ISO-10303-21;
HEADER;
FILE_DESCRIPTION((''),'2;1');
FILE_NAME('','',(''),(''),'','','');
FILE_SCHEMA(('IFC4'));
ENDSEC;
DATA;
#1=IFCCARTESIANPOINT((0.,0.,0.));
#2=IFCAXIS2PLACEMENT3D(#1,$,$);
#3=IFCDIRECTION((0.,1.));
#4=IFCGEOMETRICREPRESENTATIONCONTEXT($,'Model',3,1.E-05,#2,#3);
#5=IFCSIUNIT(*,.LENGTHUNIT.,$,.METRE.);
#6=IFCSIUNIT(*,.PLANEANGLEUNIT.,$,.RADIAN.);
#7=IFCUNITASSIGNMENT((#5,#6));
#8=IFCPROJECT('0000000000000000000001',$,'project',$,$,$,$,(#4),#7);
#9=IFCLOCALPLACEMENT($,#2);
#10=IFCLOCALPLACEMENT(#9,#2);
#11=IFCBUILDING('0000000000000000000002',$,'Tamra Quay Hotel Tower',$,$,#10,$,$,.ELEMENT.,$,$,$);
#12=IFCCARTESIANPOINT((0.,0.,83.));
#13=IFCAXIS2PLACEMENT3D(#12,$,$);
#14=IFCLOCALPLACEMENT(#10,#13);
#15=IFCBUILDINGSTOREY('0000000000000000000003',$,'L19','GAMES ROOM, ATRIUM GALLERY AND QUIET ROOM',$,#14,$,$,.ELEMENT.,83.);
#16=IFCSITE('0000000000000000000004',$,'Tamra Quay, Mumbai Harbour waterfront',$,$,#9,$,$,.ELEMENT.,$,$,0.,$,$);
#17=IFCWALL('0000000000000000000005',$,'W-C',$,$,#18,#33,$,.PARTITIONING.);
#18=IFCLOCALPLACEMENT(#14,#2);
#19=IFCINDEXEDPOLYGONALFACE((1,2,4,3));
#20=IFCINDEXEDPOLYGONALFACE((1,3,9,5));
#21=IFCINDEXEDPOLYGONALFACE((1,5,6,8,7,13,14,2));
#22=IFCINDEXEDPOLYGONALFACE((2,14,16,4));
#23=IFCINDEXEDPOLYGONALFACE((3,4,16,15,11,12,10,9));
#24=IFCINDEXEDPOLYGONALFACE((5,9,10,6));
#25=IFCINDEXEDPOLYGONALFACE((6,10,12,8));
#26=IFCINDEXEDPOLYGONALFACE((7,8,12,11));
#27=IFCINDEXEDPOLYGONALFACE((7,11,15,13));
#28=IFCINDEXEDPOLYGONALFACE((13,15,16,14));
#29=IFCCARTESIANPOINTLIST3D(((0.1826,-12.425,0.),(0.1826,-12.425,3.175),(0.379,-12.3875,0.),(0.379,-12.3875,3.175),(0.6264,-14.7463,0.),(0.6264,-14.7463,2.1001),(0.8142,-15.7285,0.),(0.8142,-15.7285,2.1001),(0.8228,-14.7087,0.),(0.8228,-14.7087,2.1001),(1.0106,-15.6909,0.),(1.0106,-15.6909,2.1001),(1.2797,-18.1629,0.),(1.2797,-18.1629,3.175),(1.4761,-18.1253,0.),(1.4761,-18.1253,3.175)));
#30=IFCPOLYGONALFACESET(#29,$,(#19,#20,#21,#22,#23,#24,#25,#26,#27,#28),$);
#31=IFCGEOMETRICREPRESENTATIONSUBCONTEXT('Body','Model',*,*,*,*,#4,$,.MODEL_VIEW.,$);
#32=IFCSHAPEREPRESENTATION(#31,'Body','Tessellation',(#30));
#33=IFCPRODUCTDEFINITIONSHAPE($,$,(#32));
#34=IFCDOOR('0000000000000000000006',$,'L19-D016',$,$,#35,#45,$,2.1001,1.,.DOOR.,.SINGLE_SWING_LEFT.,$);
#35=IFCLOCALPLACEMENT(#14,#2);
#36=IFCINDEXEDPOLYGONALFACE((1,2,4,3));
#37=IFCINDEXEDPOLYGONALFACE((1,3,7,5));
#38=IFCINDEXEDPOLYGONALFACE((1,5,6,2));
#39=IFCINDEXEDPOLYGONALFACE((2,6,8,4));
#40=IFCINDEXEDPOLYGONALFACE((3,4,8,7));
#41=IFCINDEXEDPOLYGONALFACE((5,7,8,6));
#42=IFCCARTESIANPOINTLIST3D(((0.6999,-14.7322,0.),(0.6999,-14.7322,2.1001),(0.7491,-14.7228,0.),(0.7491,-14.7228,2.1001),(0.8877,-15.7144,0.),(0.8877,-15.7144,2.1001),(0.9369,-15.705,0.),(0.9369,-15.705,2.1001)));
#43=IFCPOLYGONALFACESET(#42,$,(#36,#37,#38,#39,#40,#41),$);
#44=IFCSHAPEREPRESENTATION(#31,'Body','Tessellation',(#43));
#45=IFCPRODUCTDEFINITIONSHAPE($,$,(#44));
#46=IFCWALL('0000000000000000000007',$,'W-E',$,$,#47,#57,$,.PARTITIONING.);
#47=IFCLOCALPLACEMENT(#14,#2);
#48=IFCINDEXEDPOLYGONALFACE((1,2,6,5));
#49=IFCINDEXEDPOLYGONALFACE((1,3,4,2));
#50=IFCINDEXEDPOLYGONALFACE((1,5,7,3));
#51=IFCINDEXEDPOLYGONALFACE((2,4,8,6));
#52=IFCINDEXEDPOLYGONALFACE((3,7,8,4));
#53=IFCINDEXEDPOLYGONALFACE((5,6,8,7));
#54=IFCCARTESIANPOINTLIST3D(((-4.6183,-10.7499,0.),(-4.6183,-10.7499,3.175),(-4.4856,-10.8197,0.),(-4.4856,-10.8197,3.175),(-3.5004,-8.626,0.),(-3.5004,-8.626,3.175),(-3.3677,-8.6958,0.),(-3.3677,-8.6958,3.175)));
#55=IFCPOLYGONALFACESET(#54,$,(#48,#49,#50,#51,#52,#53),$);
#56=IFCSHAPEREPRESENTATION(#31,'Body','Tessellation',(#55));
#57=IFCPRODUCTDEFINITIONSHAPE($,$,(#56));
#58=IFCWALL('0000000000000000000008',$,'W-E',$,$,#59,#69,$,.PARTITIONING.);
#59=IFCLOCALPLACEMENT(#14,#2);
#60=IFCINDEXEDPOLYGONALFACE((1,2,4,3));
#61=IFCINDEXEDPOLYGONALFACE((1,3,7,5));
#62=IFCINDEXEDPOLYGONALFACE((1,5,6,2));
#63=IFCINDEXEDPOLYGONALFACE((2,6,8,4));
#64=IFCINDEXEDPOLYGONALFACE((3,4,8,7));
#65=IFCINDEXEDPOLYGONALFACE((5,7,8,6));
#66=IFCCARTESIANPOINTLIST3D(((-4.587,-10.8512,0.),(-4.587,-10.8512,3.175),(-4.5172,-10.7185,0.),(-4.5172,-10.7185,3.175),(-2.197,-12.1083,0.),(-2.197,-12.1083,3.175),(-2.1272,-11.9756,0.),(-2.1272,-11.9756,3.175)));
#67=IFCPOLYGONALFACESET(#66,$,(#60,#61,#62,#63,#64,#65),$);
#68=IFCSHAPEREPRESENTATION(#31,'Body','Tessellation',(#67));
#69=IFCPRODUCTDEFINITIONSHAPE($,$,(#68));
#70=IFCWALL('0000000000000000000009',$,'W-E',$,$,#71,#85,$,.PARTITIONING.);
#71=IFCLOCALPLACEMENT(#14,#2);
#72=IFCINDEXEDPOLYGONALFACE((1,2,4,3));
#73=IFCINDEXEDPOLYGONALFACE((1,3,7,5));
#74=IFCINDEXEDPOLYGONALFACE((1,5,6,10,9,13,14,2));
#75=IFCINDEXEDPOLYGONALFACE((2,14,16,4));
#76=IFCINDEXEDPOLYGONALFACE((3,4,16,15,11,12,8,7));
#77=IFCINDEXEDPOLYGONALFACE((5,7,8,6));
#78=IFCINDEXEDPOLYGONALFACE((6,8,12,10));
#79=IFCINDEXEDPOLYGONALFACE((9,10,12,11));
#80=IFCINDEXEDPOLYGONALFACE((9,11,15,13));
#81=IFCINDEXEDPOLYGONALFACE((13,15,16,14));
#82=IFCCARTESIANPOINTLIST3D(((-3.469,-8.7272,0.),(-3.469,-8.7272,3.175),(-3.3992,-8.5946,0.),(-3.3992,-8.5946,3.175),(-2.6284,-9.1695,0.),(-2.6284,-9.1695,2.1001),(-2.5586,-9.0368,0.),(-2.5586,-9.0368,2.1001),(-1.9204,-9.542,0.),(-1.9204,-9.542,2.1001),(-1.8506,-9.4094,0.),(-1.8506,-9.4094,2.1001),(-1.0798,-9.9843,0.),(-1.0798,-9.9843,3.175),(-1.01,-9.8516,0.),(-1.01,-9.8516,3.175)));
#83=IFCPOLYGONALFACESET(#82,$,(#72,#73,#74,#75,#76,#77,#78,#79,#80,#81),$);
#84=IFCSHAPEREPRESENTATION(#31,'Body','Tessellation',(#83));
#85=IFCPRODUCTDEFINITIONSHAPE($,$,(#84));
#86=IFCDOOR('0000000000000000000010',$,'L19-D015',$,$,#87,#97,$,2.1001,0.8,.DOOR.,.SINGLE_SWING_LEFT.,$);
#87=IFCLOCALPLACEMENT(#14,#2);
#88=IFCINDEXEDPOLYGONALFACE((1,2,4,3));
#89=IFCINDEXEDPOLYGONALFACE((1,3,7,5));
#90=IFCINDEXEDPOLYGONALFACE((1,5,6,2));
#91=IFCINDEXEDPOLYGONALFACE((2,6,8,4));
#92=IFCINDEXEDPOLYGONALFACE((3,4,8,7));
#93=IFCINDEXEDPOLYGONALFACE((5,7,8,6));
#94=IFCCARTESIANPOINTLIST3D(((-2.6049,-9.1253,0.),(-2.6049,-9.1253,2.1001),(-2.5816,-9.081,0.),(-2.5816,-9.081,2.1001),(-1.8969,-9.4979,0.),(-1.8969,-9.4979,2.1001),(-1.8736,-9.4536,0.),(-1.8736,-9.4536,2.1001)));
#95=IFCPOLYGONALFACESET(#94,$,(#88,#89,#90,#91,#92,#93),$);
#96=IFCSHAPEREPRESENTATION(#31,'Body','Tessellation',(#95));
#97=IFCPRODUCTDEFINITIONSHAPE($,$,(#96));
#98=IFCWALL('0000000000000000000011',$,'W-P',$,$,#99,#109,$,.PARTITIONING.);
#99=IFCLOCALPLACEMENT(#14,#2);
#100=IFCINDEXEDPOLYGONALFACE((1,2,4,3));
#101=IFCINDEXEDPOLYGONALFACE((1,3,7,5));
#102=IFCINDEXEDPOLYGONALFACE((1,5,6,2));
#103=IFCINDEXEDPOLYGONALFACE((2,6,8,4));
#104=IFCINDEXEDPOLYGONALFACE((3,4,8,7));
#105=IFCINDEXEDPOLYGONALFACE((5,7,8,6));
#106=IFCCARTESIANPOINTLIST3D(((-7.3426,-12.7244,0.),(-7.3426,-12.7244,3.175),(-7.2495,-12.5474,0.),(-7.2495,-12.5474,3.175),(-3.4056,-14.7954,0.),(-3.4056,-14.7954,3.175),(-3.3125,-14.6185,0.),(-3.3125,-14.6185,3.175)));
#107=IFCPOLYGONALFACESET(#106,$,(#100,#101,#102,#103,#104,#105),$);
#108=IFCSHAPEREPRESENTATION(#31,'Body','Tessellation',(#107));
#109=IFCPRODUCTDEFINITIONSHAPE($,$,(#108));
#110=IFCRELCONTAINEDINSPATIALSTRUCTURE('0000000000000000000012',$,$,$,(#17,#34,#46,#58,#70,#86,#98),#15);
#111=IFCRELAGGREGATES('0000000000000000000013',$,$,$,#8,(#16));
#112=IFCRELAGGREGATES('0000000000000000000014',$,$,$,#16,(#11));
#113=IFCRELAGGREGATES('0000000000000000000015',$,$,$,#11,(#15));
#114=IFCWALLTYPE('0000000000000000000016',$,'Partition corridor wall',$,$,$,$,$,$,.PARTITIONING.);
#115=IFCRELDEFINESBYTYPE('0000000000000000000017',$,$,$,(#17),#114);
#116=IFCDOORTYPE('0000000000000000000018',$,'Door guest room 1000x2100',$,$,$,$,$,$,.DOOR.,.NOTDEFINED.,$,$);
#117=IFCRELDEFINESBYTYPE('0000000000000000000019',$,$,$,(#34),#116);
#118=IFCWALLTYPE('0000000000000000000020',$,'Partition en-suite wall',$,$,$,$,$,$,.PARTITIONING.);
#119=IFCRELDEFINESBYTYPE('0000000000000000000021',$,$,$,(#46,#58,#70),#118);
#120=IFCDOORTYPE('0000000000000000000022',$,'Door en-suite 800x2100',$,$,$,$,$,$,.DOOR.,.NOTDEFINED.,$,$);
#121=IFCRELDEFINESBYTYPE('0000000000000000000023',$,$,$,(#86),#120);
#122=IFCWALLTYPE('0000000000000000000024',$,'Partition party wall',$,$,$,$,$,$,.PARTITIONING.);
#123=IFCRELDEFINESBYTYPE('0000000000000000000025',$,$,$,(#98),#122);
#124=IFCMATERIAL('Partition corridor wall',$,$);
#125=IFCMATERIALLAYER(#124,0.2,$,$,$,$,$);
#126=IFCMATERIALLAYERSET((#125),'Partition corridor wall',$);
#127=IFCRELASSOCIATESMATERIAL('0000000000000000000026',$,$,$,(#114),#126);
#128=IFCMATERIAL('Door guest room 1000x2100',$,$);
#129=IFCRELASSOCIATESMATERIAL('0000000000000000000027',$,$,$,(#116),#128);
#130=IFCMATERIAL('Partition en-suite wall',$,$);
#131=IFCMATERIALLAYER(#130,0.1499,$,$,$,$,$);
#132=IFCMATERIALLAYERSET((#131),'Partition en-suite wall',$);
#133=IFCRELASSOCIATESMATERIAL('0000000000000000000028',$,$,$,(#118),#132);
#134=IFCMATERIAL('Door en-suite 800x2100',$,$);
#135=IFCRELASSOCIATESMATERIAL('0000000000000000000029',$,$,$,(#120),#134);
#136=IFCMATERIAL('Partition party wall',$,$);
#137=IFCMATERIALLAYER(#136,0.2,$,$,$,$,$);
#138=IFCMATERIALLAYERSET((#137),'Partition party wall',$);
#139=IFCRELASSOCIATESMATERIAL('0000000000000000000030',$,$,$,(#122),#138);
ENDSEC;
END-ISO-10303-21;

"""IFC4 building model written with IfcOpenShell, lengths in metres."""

from ifc_helpers import new_model, si_unit, direction, frame, frame_2d, origin, place, context, subcontext, project, spatial, rectangle, extrude, material, layer, layer_set, type_object, element, fill, save


model = new_model("IFC4")

# Units and contexts
model_context = context("Model", 3, precision=1e-05, world=origin(), true_north=direction((0.0, 1.0)))
body_context = subcontext(model_context, "Body", "Model", "MODEL_VIEW")
ifc_project = project(units=[si_unit("LENGTHUNIT", "METRE"), si_unit("PLANEANGLEUNIT", "RADIAN")], contexts=[model_context])

# Site, building, storey
site_placement = place(None, origin())
site = spatial("IfcSite", under=ifc_project, at=site_placement, Name="Tamra Quay, Mumbai Harbour waterfront", CompositionType="ELEMENT", RefElevation=0.0)
building_placement = place(site_placement, origin())
building = spatial("IfcBuilding", under=site, at=building_placement, Name="Tamra Quay Hotel Tower", CompositionType="ELEMENT")
storey_placement = place(building_placement, frame((0.0, 0.0, 83.0)))
storey = spatial("IfcBuildingStorey", under=building, at=storey_placement, Name="L19", Description="GAMES ROOM, ATRIUM GALLERY AND QUIET ROOM", CompositionType="ELEMENT", Elevation=83.0)

# Shared definitions
ifc_material_1 = material(Name="Partition corridor wall")
ifc_layer_1 = layer(ifc_material_1, 0.2)
ifc_layer_set_1 = layer_set([ifc_layer_1], Name="Partition corridor wall")
wall_type_1 = type_object("IfcWallType", Name="Partition corridor wall", PredefinedType="PARTITIONING", material=ifc_layer_set_1)

# Shared definitions
ifc_material_2 = material(Name="Door guest room 1000x2100")
door_type_1 = type_object("IfcDoorType", Name="Door guest room 1000x2100", OperationType="NOTDEFINED", PredefinedType="DOOR", material=ifc_material_2)

# Wall, opening, door
wall_1_placement = place(storey_placement, frame((0.2808, -12.4062, 0.0), z_axis=(0.0, 0.0, 1.0), x_axis=(0.187815, -0.982204, 0.0)))
wall_1 = element("IfcWall", 1, at=wall_1_placement, inside=storey, type_object=wall_type_1, Name="W-C", PredefinedType="PARTITIONING", context=body_context, shape_type="SweptSolid", body=[
    extrude(rectangle(XDim=5.8418, YDim=0.2, at=frame_2d((2.9209, 0.0))), origin(), (0.0, 0.0, 1.0), 3.175),
])
opening_1_placement = place(wall_1_placement, frame((2.3633, 0.0, 0.0)))
opening_1 = element("IfcOpeningElement", 2, at=opening_1_placement, cuts=wall_1, PredefinedType="OPENING", context=body_context, shape_type="SweptSolid", body=[
    extrude(rectangle(XDim=1.0, YDim=2.1001, at=frame_2d((0.5, 1.05))), frame((0.0, 0.1099, 0.0), z_axis=(0.0, -1.0, 0.0), x_axis=(1.0, 0.0, 0.0)), (0.0, 0.0, 1.0), 0.22),
])
door_1_placement = place(opening_1_placement, origin())
door_1 = element("IfcDoor", 3, at=door_1_placement, inside=storey, type_object=door_type_1, Name="L19-D016", OperationType="SINGLE_SWING_LEFT", OverallHeight=2.1001, OverallWidth=1.0, PredefinedType="DOOR", context=body_context, shape_type="SweptSolid", body=[
    extrude(rectangle(XDim=1.0, YDim=2.1001, at=frame_2d((0.5, 1.05))), frame((0.0, 0.0249, 0.0), z_axis=(0.0, -1.0, 0.0), x_axis=(1.0, 0.0, 0.0)), (0.0, 0.0, 1.0), 0.05),
])
fill(opening_1, door_1)

# Walls
ifc_material_3 = material(Name="Partition en-suite wall")
ifc_layer_2 = layer(ifc_material_3, 0.1499)
ifc_layer_set_2 = layer_set([ifc_layer_2], Name="Partition en-suite wall")
wall_type_2 = type_object("IfcWallType", Name="Partition en-suite wall", PredefinedType="PARTITIONING", material=ifc_layer_set_2)
wall_2_placement = place(storey_placement, frame((-4.552, -10.7849, 0.0), z_axis=(0.0, 0.0, 1.0), x_axis=(0.465751, 0.884916, 0.0)))
element("IfcWall", 4, at=wall_2_placement, inside=storey, type_object=wall_type_2, Name="W-E", PredefinedType="PARTITIONING", context=body_context, shape_type="SweptSolid", body=[
    extrude(rectangle(XDim=2.4001, YDim=0.1499, at=frame_2d((1.2002, 0.0))), origin(), (0.0, 0.0, 1.0), 3.175),
])
wall_3_placement = place(storey_placement, frame((-4.552, -10.7849, 0.0), z_axis=(0.0, 0.0, 1.0), x_axis=(0.885034, -0.465527, 0.0)))
element("IfcWall", 5, at=wall_3_placement, inside=storey, type_object=wall_type_2, Name="W-E", PredefinedType="PARTITIONING", context=body_context, shape_type="SweptSolid", body=[
    extrude(rectangle(XDim=2.7004, YDim=0.1499, at=frame_2d((1.3501, 0.0))), origin(), (0.0, 0.0, 1.0), 3.175),
])

# Wall, opening, door
wall_4_placement = place(storey_placement, frame((-3.4341, -8.6609, 0.0), z_axis=(0.0, 0.0, 1.0), x_axis=(0.884975, -0.465638, 0.0)))
wall_4 = element("IfcWall", 6, at=wall_4_placement, inside=storey, type_object=wall_type_2, Name="W-E", PredefinedType="PARTITIONING", context=body_context, shape_type="SweptSolid", body=[
    extrude(rectangle(XDim=2.6997, YDim=0.1499, at=frame_2d((1.3499, 0.0))), origin(), (0.0, 0.0, 1.0), 3.175),
])
opening_2_placement = place(wall_4_placement, frame((0.95, 0.0, 0.0)))
opening_2 = element("IfcOpeningElement", 7, at=opening_2_placement, cuts=wall_4, PredefinedType="OPENING", context=body_context, shape_type="SweptSolid", body=[
    extrude(rectangle(XDim=0.8, YDim=2.1001, at=frame_2d((0.3999, 1.05))), frame((0.0, 0.085, 0.0), z_axis=(0.0, -1.0, 0.0), x_axis=(1.0, 0.0, 0.0)), (0.0, 0.0, 1.0), 0.1699),
])
ifc_material_4 = material(Name="Door en-suite 800x2100")
door_type_2 = type_object("IfcDoorType", Name="Door en-suite 800x2100", OperationType="NOTDEFINED", PredefinedType="DOOR", material=ifc_material_4)
door_2_placement = place(opening_2_placement, frame((0.8, 0.0, 0.0), z_axis=(0.0, 0.0, 1.0), x_axis=(-1.0, 0.0, 0.0)))
door_2 = element("IfcDoor", 8, at=door_2_placement, inside=storey, type_object=door_type_2, Name="L19-D015", OperationType="SINGLE_SWING_LEFT", OverallHeight=2.1001, OverallWidth=0.8, PredefinedType="DOOR", context=body_context, shape_type="SweptSolid", body=[
    extrude(rectangle(XDim=0.8, YDim=2.1001, at=frame_2d((0.3999, 1.05))), frame((0.0, 0.0249, 0.0), z_axis=(0.0, -1.0, 0.0), x_axis=(1.0, 0.0, 0.0)), (0.0, 0.0, 1.0), 0.05),
])
fill(opening_2, door_2)

# Wall
ifc_material_5 = material(Name="Partition party wall")
ifc_layer_3 = layer(ifc_material_5, 0.2)
ifc_layer_set_3 = layer_set([ifc_layer_3], Name="Partition party wall")
wall_type_3 = type_object("IfcWallType", Name="Partition party wall", PredefinedType="PARTITIONING", material=ifc_layer_set_3)
wall_5_placement = place(storey_placement, frame((-7.2959, -12.636, 0.0), z_axis=(0.0, 0.0, 1.0), x_axis=(0.885017, -0.465559, 0.0)))
element("IfcWall", 9, at=wall_5_placement, inside=storey, type_object=wall_type_3, Name="W-P", PredefinedType="PARTITIONING", context=body_context, shape_type="SweptSolid", body=[
    extrude(rectangle(XDim=4.4485, YDim=0.2, at=frame_2d((2.2241, 0.0))), origin(), (0.0, 0.0, 1.0), 3.175),
])

save(model, "model.ifc")
